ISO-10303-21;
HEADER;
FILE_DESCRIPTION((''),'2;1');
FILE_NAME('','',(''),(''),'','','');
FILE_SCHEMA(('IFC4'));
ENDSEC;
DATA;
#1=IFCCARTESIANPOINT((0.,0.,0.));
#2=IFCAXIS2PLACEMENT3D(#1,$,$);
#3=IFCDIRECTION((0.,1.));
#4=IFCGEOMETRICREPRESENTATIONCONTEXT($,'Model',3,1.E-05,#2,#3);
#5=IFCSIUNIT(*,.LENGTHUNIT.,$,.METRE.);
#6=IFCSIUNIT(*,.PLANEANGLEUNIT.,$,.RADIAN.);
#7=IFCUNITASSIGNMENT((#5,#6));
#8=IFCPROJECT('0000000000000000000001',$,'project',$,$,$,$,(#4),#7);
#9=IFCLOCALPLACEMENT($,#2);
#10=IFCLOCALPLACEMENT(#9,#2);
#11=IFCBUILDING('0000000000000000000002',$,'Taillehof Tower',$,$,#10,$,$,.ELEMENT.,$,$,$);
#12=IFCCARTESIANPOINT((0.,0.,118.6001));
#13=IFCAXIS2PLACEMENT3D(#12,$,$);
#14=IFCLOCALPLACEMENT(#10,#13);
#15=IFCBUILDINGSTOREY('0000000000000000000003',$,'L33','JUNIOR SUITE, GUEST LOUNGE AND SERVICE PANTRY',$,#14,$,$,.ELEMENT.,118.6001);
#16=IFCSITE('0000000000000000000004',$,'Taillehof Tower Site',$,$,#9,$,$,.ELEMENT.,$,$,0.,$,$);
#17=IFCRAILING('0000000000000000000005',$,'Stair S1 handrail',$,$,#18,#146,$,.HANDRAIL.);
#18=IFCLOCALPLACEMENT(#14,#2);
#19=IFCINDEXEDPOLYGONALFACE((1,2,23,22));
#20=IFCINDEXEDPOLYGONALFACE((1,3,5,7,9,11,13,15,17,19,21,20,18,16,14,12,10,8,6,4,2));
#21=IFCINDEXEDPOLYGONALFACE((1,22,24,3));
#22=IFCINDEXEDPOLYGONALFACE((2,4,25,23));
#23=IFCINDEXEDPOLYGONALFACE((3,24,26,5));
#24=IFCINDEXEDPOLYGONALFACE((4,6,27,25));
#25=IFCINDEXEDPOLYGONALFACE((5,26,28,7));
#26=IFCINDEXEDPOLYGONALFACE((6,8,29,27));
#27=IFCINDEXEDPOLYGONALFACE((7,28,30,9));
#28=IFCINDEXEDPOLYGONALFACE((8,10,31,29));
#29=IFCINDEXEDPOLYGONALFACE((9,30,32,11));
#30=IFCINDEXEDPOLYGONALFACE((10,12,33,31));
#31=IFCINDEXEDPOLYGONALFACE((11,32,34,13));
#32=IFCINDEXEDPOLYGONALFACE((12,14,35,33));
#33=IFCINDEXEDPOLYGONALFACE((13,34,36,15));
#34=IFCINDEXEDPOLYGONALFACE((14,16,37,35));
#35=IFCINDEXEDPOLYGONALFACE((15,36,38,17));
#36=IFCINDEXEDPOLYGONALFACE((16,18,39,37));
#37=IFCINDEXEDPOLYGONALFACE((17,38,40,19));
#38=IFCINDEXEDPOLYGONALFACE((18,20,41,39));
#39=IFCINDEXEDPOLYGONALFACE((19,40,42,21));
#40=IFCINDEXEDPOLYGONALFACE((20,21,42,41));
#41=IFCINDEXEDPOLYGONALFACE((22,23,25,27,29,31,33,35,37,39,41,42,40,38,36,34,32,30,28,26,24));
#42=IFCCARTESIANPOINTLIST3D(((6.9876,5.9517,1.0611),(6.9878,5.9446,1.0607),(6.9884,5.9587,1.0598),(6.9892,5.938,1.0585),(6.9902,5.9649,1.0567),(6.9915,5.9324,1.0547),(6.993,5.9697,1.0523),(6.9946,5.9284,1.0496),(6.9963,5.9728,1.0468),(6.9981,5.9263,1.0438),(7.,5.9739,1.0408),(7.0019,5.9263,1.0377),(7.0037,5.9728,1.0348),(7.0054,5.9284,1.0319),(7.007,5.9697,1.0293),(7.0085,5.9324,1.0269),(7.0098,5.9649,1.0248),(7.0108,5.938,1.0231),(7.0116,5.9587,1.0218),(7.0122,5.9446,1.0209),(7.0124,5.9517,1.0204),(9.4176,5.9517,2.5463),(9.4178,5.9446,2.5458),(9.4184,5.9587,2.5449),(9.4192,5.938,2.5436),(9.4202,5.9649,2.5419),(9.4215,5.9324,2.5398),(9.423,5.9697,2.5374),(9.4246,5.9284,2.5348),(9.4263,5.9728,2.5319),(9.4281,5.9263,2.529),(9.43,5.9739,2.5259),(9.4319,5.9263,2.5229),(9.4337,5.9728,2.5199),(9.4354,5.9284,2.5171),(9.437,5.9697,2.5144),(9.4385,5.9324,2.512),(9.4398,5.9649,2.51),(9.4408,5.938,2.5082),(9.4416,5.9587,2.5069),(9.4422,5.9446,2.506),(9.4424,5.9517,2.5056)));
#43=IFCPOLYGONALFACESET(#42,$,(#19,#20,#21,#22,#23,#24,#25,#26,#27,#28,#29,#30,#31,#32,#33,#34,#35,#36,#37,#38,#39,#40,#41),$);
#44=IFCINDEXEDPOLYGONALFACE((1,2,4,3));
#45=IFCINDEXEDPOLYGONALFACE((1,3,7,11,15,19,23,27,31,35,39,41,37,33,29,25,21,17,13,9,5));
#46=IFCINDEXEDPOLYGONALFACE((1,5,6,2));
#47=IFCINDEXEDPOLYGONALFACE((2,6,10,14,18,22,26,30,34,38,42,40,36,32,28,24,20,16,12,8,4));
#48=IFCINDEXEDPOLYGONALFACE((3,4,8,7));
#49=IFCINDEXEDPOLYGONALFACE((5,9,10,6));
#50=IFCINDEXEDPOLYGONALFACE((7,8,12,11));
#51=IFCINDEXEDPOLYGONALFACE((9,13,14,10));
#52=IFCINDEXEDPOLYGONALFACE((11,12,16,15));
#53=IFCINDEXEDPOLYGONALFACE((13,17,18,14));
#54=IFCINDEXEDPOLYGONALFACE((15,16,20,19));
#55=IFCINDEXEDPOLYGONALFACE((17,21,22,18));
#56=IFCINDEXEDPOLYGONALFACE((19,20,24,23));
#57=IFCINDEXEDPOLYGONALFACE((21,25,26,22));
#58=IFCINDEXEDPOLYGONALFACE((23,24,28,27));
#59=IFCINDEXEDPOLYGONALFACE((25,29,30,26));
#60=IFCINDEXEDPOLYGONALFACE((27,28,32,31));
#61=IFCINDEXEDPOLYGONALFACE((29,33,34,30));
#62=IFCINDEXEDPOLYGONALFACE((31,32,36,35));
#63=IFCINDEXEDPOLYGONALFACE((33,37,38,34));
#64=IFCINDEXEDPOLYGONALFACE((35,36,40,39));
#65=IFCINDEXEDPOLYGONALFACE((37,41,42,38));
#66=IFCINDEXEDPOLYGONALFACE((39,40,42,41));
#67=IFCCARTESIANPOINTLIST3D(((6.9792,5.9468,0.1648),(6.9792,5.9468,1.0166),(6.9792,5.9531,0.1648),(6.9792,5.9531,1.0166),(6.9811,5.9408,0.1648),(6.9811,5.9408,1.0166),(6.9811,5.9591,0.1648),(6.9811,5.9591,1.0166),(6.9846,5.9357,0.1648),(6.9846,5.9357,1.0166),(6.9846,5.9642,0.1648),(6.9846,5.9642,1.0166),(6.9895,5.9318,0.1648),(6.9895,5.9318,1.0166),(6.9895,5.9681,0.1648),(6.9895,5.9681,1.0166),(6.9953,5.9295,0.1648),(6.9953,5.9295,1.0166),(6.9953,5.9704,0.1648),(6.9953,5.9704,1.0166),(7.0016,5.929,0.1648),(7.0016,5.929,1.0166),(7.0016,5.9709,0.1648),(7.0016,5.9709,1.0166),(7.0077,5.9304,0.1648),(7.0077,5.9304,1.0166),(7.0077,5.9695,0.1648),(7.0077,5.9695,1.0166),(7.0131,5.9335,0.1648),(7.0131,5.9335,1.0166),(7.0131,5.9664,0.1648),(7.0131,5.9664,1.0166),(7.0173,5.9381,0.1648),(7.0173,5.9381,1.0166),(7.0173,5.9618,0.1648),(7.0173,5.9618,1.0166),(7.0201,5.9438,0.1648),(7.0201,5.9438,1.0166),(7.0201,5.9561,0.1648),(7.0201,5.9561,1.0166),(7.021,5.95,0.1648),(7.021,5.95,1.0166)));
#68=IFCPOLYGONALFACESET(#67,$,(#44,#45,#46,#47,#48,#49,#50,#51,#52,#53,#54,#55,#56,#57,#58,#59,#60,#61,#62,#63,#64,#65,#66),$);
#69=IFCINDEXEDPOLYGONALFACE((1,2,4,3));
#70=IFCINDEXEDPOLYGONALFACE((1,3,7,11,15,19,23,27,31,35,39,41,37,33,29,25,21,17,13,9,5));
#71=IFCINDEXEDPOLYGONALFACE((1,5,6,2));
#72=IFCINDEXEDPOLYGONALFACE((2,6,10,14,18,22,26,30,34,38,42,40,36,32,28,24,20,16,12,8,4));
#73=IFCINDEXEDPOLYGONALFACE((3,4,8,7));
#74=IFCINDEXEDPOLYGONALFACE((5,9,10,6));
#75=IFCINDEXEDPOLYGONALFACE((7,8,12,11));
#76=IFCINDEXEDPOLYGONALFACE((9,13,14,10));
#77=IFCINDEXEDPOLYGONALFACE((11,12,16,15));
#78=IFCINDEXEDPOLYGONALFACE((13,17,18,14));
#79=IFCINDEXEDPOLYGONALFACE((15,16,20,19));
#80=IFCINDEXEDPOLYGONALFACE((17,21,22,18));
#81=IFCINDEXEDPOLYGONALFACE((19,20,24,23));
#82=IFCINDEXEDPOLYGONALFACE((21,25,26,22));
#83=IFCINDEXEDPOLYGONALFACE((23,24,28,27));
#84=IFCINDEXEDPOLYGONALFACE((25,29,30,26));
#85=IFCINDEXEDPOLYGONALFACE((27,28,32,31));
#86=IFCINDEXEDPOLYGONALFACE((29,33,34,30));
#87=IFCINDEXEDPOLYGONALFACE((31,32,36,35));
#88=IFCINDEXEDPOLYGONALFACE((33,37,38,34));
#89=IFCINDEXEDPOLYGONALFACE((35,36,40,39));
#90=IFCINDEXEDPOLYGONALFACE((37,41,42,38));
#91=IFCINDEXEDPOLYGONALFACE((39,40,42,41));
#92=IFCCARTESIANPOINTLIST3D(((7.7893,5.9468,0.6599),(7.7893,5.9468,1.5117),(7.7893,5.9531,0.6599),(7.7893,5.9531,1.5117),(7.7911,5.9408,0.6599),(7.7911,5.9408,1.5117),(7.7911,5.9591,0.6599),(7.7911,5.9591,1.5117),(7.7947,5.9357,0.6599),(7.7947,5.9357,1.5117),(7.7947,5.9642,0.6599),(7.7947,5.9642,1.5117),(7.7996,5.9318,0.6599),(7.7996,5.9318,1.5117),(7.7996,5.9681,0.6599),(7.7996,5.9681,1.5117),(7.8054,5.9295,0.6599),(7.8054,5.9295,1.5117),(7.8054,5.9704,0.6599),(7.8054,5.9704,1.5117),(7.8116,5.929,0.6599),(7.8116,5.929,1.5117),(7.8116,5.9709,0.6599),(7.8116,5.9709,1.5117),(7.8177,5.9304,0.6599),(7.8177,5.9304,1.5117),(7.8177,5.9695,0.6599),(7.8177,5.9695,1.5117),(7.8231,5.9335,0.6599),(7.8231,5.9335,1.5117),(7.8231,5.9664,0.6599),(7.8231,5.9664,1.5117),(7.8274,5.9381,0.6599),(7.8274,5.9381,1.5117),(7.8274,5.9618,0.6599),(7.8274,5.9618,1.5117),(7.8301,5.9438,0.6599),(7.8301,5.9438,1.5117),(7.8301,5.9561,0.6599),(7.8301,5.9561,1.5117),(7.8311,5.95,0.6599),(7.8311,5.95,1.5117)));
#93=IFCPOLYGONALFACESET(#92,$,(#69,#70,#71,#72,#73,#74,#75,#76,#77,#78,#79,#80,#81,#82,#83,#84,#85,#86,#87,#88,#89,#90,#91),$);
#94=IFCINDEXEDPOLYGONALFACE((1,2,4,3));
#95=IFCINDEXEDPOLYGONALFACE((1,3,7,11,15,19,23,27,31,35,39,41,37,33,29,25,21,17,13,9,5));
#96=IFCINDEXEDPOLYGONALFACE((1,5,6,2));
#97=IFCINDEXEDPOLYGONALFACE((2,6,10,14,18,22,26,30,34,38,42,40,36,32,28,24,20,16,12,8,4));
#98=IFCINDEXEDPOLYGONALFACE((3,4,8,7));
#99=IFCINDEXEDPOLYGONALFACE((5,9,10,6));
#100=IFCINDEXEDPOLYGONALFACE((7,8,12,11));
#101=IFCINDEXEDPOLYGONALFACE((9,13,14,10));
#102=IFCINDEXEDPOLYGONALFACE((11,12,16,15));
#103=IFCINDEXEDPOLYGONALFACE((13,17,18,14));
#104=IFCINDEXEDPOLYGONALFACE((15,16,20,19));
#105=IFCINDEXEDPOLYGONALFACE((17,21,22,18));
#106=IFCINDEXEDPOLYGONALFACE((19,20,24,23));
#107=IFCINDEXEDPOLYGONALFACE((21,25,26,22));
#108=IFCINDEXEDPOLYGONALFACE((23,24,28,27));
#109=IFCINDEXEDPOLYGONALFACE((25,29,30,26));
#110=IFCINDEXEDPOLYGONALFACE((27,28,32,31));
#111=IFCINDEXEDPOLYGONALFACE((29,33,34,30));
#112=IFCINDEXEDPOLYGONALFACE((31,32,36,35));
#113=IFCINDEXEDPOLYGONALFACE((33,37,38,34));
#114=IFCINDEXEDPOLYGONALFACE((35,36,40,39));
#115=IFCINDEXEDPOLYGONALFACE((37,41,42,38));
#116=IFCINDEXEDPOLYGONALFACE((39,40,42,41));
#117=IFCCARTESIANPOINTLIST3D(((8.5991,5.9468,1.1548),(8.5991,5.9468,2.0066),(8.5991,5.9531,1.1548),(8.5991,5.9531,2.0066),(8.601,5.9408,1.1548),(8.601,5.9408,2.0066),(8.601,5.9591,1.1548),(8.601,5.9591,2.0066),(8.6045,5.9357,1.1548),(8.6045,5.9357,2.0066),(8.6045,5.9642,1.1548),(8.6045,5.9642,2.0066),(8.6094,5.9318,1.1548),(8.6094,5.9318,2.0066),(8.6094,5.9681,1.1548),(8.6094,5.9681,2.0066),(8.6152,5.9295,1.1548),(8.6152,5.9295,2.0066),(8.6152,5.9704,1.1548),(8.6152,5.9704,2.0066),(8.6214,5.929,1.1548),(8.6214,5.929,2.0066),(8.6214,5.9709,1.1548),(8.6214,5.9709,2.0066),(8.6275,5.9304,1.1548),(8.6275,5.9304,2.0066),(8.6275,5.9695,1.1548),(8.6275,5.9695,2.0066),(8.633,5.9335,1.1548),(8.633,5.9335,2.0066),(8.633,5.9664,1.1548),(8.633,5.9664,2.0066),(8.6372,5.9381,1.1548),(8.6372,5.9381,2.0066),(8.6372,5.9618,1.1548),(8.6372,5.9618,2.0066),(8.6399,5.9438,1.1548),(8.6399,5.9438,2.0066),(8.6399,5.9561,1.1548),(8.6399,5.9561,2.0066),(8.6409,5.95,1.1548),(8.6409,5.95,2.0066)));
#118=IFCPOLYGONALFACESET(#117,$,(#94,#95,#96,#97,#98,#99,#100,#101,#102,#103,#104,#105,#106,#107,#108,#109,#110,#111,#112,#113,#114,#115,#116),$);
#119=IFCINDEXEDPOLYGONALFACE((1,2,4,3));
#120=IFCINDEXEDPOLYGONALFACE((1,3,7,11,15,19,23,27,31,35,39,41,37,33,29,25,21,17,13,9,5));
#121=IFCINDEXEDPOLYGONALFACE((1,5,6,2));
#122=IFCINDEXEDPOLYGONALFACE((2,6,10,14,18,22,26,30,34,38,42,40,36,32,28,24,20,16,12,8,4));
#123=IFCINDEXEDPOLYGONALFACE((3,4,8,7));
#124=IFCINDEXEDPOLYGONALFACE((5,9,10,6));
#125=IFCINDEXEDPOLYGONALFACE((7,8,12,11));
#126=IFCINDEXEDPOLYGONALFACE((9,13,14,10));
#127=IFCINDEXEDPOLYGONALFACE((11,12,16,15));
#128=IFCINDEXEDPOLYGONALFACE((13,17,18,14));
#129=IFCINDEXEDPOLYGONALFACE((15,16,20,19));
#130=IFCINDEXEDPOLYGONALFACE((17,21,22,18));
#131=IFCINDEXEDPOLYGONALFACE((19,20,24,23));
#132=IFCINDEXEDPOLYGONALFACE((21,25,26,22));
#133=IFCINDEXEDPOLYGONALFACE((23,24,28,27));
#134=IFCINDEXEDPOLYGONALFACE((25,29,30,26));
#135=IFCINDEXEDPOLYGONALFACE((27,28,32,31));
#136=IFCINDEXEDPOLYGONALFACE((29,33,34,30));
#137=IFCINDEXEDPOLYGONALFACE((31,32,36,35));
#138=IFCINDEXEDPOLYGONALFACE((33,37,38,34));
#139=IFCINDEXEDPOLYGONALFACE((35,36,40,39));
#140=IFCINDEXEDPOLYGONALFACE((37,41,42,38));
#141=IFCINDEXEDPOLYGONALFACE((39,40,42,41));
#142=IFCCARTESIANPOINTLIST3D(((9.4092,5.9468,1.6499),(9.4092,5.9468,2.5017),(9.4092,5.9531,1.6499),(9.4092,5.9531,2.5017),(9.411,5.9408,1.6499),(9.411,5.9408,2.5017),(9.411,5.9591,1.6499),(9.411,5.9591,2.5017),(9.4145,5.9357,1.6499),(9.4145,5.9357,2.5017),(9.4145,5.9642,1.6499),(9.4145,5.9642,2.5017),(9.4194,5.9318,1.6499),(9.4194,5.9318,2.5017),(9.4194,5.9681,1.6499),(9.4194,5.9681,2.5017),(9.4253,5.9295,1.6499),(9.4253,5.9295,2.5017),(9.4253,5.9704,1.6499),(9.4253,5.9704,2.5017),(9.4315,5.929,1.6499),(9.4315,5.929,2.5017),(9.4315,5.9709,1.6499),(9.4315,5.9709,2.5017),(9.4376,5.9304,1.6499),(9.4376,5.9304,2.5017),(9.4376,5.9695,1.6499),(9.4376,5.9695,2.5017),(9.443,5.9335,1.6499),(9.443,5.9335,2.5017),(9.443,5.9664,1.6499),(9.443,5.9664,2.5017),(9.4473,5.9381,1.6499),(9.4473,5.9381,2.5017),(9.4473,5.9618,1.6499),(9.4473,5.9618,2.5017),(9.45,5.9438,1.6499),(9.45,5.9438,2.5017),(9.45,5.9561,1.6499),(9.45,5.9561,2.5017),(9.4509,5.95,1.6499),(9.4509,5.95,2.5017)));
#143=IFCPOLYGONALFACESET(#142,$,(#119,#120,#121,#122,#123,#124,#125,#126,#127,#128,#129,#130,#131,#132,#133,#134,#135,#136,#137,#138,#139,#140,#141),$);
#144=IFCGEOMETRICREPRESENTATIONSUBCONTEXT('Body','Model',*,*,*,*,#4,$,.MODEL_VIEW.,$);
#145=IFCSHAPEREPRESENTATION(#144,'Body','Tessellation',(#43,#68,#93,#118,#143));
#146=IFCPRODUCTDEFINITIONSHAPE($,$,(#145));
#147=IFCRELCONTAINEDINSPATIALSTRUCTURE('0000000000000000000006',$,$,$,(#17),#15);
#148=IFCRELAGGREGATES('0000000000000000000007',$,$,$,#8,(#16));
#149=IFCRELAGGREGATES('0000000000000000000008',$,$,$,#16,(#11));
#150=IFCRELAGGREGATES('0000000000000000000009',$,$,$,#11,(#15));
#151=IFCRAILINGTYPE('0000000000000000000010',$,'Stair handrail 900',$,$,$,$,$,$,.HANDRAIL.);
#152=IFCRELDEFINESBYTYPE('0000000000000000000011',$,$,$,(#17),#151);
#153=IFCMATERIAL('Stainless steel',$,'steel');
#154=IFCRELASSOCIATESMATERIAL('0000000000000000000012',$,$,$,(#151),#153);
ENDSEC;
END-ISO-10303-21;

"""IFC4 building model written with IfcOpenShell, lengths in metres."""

from ifc_helpers import new_model, si_unit, direction, frame, origin, origin_2d, place, context, subcontext, project, spatial, circle, extrude, material, type_object, element, save


model = new_model("IFC4")

# Units and contexts
model_context = context("Model", 3, precision=1e-05, world=origin(), true_north=direction((0.0, 1.0)))
body_context = subcontext(model_context, "Body", "Model", "MODEL_VIEW")
ifc_project = project(units=[si_unit("LENGTHUNIT", "METRE"), si_unit("PLANEANGLEUNIT", "RADIAN")], contexts=[model_context])

# Site, building, storey
site_placement = place(None, origin())
site = spatial("IfcSite", under=ifc_project, at=site_placement, Name="Taillehof Tower Site", CompositionType="ELEMENT", RefElevation=0.0)
building_placement = place(site_placement, origin())
building = spatial("IfcBuilding", under=site, at=building_placement, Name="Taillehof Tower", CompositionType="ELEMENT")
storey_placement = place(building_placement, frame((0.0, 0.0, 118.6001)))
storey = spatial("IfcBuildingStorey", under=building, at=storey_placement, Name="L33", Description="JUNIOR SUITE, GUEST LOUNGE AND SERVICE PANTRY", CompositionType="ELEMENT", Elevation=118.6001)

# Railing
ifc_material_1 = material(Name="Stainless steel", Category="steel")
railing_type = type_object("IfcRailingType", Name="Stair handrail 900", PredefinedType="HANDRAIL", material=ifc_material_1)
railing_placement = place(storey_placement, frame((7.0, 5.95, 0.1648)))
element("IfcRailing", 1, at=railing_placement, inside=storey, type_object=railing_type, Name="Stair S1 handrail", PredefinedType="HANDRAIL", context=body_context, shape_type="SweptSolid", body=[
    extrude(circle(Radius=0.0239, at=origin_2d()), frame((0.0, 0.0, 0.876), z_axis=(0.853259, 0.0, 0.521488), x_axis=(0.0, 1.0, 0.0)), (0.0, 0.0, 1.0), 2.8479),
    extrude(circle(Radius=0.021, at=origin_2d()), origin(), (0.0, 0.0, 1.0), 0.8518),
    extrude(circle(Radius=0.021, at=origin_2d()), frame((0.8101, 0.0, 0.4951)), (0.0, 0.0, 1.0), 0.8518),
    extrude(circle(Radius=0.021, at=origin_2d()), frame((1.6199, 0.0, 0.99)), (0.0, 0.0, 1.0), 0.8518),
    extrude(circle(Radius=0.021, at=origin_2d()), frame((2.4299, 0.0, 1.4851)), (0.0, 0.0, 1.0), 0.8518),
])

save(model, "model.ifc")
